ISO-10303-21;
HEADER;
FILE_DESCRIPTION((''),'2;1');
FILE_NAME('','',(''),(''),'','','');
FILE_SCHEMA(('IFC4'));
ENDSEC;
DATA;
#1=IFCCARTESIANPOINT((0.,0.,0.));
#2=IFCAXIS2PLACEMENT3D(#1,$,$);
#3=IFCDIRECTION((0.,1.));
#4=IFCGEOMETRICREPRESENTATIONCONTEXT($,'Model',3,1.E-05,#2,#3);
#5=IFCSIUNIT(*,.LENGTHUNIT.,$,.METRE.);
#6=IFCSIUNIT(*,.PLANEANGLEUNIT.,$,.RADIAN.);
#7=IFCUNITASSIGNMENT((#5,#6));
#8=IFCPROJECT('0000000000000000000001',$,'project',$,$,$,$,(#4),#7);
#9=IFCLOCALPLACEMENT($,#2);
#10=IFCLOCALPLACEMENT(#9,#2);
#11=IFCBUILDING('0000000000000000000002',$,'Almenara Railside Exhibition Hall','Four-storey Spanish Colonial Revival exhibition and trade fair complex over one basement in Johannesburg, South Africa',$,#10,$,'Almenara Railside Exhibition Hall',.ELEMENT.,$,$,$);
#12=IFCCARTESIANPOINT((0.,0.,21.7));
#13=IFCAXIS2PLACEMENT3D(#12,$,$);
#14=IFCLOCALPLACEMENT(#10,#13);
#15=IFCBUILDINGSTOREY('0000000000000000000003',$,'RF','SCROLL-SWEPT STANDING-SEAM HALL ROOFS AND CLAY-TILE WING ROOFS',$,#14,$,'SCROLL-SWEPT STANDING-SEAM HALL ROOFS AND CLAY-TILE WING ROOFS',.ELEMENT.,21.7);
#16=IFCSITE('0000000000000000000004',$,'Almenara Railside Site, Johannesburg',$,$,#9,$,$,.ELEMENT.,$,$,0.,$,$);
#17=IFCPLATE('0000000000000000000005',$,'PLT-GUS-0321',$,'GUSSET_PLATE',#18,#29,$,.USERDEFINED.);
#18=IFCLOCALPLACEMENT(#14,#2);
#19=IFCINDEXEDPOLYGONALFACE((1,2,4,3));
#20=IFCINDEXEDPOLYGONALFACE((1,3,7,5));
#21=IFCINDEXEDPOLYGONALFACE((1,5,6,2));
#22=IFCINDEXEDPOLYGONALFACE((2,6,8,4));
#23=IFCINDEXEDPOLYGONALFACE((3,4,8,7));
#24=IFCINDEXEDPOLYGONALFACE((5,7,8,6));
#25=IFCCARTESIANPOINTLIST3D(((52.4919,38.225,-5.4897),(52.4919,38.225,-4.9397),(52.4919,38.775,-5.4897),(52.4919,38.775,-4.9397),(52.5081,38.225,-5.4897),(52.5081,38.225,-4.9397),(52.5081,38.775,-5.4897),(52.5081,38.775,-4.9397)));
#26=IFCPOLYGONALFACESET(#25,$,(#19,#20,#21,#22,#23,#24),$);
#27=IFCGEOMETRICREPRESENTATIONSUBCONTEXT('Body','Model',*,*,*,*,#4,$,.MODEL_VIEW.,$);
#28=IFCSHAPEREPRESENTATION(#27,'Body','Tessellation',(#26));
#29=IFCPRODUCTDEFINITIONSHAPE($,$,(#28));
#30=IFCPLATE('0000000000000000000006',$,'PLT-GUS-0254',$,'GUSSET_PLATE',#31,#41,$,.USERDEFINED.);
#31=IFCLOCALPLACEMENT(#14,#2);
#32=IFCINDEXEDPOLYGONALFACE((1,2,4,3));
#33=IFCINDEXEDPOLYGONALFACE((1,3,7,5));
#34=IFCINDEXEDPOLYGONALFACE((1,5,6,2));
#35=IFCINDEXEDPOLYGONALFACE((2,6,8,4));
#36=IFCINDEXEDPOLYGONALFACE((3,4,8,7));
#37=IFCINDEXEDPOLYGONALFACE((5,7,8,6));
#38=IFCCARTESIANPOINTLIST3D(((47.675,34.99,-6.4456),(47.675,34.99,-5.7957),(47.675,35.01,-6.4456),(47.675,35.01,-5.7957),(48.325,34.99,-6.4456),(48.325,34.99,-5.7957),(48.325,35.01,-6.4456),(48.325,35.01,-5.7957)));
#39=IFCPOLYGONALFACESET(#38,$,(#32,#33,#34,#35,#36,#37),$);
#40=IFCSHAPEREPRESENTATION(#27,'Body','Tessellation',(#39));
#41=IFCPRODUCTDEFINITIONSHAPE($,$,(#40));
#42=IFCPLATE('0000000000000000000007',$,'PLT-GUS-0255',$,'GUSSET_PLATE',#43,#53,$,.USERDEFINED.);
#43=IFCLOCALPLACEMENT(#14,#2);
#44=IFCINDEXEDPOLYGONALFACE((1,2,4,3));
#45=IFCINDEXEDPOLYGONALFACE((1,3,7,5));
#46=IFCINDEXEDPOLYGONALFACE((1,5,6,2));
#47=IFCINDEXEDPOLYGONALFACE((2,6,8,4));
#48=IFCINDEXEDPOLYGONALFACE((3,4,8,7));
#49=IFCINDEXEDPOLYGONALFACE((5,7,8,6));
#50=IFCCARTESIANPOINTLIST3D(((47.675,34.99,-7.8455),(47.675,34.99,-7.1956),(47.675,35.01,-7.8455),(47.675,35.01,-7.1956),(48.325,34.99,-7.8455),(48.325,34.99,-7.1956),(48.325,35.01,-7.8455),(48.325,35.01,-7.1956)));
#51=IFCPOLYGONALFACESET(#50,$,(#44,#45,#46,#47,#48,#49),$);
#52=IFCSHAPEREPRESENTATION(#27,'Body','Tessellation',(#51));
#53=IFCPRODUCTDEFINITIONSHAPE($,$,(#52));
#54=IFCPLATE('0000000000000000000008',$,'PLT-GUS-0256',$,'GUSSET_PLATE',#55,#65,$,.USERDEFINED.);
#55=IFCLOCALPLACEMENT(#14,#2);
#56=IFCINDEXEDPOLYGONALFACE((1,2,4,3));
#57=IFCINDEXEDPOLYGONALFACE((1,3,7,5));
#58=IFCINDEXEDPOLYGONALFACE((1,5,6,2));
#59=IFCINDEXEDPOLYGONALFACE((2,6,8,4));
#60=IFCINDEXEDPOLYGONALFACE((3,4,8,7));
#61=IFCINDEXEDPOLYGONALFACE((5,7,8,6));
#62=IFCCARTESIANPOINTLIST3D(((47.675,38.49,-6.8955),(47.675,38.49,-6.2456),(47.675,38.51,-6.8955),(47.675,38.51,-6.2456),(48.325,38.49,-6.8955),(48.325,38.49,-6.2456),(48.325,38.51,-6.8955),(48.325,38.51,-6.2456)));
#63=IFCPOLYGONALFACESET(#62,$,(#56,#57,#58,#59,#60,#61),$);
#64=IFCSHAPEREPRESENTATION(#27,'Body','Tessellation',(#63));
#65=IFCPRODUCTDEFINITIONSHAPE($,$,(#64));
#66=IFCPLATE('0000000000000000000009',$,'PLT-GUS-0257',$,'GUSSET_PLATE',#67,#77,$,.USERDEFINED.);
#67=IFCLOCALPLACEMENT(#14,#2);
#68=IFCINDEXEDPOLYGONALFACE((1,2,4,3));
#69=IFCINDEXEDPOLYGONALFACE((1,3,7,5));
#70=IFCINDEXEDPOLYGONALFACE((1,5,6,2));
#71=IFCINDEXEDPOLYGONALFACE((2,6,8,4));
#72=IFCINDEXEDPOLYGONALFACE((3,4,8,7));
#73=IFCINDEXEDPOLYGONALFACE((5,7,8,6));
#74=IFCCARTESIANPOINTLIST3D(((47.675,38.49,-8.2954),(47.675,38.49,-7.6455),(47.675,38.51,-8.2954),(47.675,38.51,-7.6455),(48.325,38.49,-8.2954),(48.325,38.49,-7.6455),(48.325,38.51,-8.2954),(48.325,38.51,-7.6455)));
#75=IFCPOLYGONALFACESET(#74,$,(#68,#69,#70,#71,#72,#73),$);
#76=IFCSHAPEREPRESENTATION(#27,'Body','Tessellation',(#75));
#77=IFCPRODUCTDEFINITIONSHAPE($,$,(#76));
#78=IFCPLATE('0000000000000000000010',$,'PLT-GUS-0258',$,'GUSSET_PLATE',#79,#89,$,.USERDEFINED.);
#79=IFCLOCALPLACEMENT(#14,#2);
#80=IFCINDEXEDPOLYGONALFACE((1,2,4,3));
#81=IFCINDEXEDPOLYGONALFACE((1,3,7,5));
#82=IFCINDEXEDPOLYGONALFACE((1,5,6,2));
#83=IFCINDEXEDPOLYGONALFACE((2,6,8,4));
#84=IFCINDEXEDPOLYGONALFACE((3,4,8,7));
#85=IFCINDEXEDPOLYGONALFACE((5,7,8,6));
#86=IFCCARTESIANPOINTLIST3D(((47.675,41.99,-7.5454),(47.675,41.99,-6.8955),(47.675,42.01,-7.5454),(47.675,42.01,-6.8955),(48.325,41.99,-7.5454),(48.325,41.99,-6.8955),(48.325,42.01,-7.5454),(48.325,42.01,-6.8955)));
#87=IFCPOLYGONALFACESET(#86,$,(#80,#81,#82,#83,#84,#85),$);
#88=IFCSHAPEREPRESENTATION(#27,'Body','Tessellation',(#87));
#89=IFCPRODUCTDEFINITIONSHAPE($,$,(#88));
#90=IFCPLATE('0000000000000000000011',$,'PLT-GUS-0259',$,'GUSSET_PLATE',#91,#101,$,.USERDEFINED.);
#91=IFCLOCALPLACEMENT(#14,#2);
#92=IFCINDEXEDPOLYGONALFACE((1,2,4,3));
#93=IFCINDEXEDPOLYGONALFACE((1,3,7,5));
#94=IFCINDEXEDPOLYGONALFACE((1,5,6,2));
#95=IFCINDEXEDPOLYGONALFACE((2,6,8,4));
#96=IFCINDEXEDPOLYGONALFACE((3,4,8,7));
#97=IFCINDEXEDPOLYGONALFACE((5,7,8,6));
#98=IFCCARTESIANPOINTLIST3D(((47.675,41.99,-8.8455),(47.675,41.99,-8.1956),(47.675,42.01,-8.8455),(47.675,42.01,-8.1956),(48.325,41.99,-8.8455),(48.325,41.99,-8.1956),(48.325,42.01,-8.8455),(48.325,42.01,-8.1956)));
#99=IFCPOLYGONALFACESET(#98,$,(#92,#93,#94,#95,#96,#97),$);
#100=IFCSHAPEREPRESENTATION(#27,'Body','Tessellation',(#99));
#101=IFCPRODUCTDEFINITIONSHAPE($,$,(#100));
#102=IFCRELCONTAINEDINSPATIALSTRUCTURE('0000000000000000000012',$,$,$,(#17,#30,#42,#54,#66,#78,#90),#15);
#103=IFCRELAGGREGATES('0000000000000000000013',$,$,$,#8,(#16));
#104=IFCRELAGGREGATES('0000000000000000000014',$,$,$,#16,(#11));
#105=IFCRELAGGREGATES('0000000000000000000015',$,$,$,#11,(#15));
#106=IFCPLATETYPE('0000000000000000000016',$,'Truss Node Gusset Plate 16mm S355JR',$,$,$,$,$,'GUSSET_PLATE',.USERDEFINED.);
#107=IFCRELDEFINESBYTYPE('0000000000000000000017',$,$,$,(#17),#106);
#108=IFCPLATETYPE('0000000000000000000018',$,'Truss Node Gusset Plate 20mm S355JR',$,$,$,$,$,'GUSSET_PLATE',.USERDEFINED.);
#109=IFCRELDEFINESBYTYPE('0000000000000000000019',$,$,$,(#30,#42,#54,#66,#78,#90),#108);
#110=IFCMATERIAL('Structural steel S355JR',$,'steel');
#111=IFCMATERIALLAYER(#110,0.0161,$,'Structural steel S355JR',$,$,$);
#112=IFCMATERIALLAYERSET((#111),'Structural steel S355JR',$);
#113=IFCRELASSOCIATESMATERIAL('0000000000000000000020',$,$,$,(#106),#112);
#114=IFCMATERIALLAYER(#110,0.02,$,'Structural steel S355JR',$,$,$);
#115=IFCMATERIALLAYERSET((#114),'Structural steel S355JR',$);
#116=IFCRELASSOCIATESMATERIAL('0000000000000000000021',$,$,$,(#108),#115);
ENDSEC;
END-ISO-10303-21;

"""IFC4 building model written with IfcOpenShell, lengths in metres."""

from ifc_helpers import new_model, si_unit, direction, frame, origin, origin_2d, place, context, subcontext, project, spatial, rectangle, extrude, material, layer, layer_set, type_object, element, save


model = new_model("IFC4")

# Units and contexts
model_context = context("Model", 3, precision=1e-05, world=origin(), true_north=direction((0.0, 1.0)))
body_context = subcontext(model_context, "Body", "Model", "MODEL_VIEW")
ifc_project = project(units=[si_unit("LENGTHUNIT", "METRE"), si_unit("PLANEANGLEUNIT", "RADIAN")], contexts=[model_context])

# Site, building, storey
site_placement = place(None, origin())
site = spatial("IfcSite", under=ifc_project, at=site_placement, Name="Almenara Railside Site, Johannesburg", CompositionType="ELEMENT", RefElevation=0.0)
building_placement = place(site_placement, origin())
building = spatial("IfcBuilding", under=site, at=building_placement, Name="Almenara Railside Exhibition Hall", Description="Four-storey Spanish Colonial Revival exhibition and trade fair complex over one basement in Johannesburg, South Africa", LongName="Almenara Railside Exhibition Hall", CompositionType="ELEMENT")
storey_placement = place(building_placement, frame((0.0, 0.0, 21.7)))
storey = spatial("IfcBuildingStorey", under=building, at=storey_placement, Name="RF", Description="SCROLL-SWEPT STANDING-SEAM HALL ROOFS AND CLAY-TILE WING ROOFS", LongName="SCROLL-SWEPT STANDING-SEAM HALL ROOFS AND CLAY-TILE WING ROOFS", CompositionType="ELEMENT", Elevation=21.7)

# Shared definitions
ifc_material_1 = material(Name="Structural steel S355JR", Category="steel")

# Plates
ifc_layer_1 = layer(ifc_material_1, 0.0161, Name="Structural steel S355JR")
ifc_layer_set_1 = layer_set([ifc_layer_1], Name="Structural steel S355JR")
plate_type_1 = type_object("IfcPlateType", Name="Truss Node Gusset Plate 16mm S355JR", ElementType="GUSSET_PLATE", PredefinedType="USERDEFINED", material=ifc_layer_set_1)
plate_placement = place(storey_placement, frame((52.5, 38.5, -5.4897), z_axis=(0.0, 0.0, 1.0), x_axis=(0.0, 1.0, 0.0)))
element("IfcPlate", 1, at=plate_placement, inside=storey, type_object=plate_type_1, Name="PLT-GUS-0321", ObjectType="GUSSET_PLATE", PredefinedType="USERDEFINED", context=body_context, shape_type="SweptSolid", body=[
    extrude(rectangle(XDim=0.55, YDim=0.0161, at=origin_2d()), origin(), (0.0, 0.0, 1.0), 0.55),
])
ifc_layer_2 = layer(ifc_material_1, 0.02, Name="Structural steel S355JR")
ifc_layer_set_2 = layer_set([ifc_layer_2], Name="Structural steel S355JR")
plate_type_2 = type_object("IfcPlateType", Name="Truss Node Gusset Plate 20mm S355JR", ElementType="GUSSET_PLATE", PredefinedType="USERDEFINED", material=ifc_layer_set_2)
for number, where, z_axis, x_axis, name in (
    (2, (48.0, 35.0, -6.4456), (0.0, 0.0, 1.0), (1.0, 0.0, 0.0), "PLT-GUS-0254"),
    (3, (48.0, 35.0, -7.8455), (0.0, 0.0, 1.0), (1.0, 0.0, 0.0), "PLT-GUS-0255"),
    (4, (48.0, 38.5, -6.8955), (0.0, 0.0, 1.0), (1.0, 0.0, 0.0), "PLT-GUS-0256"),
    (5, (48.0, 38.5, -8.2954), (0.0, 0.0, 1.0), (1.0, 0.0, 0.0), "PLT-GUS-0257"),
    (6, (48.0, 42.0, -7.5454), (0.0, 0.0, 1.0), (1.0, 0.0, 0.0), "PLT-GUS-0258"),
    (7, (48.0, 42.0, -8.8455), (0.0, 0.0, 1.0), (1.0, 0.0, 0.0), "PLT-GUS-0259"),
):
    element("IfcPlate", number, at=place(storey_placement, frame(where, z_axis=z_axis, x_axis=x_axis)), inside=storey, type_object=plate_type_2, Name=name, ObjectType="GUSSET_PLATE", PredefinedType="USERDEFINED", context=body_context, shape_type="SweptSolid", body=[
        extrude(rectangle(XDim=0.6499, YDim=0.02, at=origin_2d()), origin(), (0.0, 0.0, 1.0), 0.6499),
    ])

save(model, "model.ifc")
